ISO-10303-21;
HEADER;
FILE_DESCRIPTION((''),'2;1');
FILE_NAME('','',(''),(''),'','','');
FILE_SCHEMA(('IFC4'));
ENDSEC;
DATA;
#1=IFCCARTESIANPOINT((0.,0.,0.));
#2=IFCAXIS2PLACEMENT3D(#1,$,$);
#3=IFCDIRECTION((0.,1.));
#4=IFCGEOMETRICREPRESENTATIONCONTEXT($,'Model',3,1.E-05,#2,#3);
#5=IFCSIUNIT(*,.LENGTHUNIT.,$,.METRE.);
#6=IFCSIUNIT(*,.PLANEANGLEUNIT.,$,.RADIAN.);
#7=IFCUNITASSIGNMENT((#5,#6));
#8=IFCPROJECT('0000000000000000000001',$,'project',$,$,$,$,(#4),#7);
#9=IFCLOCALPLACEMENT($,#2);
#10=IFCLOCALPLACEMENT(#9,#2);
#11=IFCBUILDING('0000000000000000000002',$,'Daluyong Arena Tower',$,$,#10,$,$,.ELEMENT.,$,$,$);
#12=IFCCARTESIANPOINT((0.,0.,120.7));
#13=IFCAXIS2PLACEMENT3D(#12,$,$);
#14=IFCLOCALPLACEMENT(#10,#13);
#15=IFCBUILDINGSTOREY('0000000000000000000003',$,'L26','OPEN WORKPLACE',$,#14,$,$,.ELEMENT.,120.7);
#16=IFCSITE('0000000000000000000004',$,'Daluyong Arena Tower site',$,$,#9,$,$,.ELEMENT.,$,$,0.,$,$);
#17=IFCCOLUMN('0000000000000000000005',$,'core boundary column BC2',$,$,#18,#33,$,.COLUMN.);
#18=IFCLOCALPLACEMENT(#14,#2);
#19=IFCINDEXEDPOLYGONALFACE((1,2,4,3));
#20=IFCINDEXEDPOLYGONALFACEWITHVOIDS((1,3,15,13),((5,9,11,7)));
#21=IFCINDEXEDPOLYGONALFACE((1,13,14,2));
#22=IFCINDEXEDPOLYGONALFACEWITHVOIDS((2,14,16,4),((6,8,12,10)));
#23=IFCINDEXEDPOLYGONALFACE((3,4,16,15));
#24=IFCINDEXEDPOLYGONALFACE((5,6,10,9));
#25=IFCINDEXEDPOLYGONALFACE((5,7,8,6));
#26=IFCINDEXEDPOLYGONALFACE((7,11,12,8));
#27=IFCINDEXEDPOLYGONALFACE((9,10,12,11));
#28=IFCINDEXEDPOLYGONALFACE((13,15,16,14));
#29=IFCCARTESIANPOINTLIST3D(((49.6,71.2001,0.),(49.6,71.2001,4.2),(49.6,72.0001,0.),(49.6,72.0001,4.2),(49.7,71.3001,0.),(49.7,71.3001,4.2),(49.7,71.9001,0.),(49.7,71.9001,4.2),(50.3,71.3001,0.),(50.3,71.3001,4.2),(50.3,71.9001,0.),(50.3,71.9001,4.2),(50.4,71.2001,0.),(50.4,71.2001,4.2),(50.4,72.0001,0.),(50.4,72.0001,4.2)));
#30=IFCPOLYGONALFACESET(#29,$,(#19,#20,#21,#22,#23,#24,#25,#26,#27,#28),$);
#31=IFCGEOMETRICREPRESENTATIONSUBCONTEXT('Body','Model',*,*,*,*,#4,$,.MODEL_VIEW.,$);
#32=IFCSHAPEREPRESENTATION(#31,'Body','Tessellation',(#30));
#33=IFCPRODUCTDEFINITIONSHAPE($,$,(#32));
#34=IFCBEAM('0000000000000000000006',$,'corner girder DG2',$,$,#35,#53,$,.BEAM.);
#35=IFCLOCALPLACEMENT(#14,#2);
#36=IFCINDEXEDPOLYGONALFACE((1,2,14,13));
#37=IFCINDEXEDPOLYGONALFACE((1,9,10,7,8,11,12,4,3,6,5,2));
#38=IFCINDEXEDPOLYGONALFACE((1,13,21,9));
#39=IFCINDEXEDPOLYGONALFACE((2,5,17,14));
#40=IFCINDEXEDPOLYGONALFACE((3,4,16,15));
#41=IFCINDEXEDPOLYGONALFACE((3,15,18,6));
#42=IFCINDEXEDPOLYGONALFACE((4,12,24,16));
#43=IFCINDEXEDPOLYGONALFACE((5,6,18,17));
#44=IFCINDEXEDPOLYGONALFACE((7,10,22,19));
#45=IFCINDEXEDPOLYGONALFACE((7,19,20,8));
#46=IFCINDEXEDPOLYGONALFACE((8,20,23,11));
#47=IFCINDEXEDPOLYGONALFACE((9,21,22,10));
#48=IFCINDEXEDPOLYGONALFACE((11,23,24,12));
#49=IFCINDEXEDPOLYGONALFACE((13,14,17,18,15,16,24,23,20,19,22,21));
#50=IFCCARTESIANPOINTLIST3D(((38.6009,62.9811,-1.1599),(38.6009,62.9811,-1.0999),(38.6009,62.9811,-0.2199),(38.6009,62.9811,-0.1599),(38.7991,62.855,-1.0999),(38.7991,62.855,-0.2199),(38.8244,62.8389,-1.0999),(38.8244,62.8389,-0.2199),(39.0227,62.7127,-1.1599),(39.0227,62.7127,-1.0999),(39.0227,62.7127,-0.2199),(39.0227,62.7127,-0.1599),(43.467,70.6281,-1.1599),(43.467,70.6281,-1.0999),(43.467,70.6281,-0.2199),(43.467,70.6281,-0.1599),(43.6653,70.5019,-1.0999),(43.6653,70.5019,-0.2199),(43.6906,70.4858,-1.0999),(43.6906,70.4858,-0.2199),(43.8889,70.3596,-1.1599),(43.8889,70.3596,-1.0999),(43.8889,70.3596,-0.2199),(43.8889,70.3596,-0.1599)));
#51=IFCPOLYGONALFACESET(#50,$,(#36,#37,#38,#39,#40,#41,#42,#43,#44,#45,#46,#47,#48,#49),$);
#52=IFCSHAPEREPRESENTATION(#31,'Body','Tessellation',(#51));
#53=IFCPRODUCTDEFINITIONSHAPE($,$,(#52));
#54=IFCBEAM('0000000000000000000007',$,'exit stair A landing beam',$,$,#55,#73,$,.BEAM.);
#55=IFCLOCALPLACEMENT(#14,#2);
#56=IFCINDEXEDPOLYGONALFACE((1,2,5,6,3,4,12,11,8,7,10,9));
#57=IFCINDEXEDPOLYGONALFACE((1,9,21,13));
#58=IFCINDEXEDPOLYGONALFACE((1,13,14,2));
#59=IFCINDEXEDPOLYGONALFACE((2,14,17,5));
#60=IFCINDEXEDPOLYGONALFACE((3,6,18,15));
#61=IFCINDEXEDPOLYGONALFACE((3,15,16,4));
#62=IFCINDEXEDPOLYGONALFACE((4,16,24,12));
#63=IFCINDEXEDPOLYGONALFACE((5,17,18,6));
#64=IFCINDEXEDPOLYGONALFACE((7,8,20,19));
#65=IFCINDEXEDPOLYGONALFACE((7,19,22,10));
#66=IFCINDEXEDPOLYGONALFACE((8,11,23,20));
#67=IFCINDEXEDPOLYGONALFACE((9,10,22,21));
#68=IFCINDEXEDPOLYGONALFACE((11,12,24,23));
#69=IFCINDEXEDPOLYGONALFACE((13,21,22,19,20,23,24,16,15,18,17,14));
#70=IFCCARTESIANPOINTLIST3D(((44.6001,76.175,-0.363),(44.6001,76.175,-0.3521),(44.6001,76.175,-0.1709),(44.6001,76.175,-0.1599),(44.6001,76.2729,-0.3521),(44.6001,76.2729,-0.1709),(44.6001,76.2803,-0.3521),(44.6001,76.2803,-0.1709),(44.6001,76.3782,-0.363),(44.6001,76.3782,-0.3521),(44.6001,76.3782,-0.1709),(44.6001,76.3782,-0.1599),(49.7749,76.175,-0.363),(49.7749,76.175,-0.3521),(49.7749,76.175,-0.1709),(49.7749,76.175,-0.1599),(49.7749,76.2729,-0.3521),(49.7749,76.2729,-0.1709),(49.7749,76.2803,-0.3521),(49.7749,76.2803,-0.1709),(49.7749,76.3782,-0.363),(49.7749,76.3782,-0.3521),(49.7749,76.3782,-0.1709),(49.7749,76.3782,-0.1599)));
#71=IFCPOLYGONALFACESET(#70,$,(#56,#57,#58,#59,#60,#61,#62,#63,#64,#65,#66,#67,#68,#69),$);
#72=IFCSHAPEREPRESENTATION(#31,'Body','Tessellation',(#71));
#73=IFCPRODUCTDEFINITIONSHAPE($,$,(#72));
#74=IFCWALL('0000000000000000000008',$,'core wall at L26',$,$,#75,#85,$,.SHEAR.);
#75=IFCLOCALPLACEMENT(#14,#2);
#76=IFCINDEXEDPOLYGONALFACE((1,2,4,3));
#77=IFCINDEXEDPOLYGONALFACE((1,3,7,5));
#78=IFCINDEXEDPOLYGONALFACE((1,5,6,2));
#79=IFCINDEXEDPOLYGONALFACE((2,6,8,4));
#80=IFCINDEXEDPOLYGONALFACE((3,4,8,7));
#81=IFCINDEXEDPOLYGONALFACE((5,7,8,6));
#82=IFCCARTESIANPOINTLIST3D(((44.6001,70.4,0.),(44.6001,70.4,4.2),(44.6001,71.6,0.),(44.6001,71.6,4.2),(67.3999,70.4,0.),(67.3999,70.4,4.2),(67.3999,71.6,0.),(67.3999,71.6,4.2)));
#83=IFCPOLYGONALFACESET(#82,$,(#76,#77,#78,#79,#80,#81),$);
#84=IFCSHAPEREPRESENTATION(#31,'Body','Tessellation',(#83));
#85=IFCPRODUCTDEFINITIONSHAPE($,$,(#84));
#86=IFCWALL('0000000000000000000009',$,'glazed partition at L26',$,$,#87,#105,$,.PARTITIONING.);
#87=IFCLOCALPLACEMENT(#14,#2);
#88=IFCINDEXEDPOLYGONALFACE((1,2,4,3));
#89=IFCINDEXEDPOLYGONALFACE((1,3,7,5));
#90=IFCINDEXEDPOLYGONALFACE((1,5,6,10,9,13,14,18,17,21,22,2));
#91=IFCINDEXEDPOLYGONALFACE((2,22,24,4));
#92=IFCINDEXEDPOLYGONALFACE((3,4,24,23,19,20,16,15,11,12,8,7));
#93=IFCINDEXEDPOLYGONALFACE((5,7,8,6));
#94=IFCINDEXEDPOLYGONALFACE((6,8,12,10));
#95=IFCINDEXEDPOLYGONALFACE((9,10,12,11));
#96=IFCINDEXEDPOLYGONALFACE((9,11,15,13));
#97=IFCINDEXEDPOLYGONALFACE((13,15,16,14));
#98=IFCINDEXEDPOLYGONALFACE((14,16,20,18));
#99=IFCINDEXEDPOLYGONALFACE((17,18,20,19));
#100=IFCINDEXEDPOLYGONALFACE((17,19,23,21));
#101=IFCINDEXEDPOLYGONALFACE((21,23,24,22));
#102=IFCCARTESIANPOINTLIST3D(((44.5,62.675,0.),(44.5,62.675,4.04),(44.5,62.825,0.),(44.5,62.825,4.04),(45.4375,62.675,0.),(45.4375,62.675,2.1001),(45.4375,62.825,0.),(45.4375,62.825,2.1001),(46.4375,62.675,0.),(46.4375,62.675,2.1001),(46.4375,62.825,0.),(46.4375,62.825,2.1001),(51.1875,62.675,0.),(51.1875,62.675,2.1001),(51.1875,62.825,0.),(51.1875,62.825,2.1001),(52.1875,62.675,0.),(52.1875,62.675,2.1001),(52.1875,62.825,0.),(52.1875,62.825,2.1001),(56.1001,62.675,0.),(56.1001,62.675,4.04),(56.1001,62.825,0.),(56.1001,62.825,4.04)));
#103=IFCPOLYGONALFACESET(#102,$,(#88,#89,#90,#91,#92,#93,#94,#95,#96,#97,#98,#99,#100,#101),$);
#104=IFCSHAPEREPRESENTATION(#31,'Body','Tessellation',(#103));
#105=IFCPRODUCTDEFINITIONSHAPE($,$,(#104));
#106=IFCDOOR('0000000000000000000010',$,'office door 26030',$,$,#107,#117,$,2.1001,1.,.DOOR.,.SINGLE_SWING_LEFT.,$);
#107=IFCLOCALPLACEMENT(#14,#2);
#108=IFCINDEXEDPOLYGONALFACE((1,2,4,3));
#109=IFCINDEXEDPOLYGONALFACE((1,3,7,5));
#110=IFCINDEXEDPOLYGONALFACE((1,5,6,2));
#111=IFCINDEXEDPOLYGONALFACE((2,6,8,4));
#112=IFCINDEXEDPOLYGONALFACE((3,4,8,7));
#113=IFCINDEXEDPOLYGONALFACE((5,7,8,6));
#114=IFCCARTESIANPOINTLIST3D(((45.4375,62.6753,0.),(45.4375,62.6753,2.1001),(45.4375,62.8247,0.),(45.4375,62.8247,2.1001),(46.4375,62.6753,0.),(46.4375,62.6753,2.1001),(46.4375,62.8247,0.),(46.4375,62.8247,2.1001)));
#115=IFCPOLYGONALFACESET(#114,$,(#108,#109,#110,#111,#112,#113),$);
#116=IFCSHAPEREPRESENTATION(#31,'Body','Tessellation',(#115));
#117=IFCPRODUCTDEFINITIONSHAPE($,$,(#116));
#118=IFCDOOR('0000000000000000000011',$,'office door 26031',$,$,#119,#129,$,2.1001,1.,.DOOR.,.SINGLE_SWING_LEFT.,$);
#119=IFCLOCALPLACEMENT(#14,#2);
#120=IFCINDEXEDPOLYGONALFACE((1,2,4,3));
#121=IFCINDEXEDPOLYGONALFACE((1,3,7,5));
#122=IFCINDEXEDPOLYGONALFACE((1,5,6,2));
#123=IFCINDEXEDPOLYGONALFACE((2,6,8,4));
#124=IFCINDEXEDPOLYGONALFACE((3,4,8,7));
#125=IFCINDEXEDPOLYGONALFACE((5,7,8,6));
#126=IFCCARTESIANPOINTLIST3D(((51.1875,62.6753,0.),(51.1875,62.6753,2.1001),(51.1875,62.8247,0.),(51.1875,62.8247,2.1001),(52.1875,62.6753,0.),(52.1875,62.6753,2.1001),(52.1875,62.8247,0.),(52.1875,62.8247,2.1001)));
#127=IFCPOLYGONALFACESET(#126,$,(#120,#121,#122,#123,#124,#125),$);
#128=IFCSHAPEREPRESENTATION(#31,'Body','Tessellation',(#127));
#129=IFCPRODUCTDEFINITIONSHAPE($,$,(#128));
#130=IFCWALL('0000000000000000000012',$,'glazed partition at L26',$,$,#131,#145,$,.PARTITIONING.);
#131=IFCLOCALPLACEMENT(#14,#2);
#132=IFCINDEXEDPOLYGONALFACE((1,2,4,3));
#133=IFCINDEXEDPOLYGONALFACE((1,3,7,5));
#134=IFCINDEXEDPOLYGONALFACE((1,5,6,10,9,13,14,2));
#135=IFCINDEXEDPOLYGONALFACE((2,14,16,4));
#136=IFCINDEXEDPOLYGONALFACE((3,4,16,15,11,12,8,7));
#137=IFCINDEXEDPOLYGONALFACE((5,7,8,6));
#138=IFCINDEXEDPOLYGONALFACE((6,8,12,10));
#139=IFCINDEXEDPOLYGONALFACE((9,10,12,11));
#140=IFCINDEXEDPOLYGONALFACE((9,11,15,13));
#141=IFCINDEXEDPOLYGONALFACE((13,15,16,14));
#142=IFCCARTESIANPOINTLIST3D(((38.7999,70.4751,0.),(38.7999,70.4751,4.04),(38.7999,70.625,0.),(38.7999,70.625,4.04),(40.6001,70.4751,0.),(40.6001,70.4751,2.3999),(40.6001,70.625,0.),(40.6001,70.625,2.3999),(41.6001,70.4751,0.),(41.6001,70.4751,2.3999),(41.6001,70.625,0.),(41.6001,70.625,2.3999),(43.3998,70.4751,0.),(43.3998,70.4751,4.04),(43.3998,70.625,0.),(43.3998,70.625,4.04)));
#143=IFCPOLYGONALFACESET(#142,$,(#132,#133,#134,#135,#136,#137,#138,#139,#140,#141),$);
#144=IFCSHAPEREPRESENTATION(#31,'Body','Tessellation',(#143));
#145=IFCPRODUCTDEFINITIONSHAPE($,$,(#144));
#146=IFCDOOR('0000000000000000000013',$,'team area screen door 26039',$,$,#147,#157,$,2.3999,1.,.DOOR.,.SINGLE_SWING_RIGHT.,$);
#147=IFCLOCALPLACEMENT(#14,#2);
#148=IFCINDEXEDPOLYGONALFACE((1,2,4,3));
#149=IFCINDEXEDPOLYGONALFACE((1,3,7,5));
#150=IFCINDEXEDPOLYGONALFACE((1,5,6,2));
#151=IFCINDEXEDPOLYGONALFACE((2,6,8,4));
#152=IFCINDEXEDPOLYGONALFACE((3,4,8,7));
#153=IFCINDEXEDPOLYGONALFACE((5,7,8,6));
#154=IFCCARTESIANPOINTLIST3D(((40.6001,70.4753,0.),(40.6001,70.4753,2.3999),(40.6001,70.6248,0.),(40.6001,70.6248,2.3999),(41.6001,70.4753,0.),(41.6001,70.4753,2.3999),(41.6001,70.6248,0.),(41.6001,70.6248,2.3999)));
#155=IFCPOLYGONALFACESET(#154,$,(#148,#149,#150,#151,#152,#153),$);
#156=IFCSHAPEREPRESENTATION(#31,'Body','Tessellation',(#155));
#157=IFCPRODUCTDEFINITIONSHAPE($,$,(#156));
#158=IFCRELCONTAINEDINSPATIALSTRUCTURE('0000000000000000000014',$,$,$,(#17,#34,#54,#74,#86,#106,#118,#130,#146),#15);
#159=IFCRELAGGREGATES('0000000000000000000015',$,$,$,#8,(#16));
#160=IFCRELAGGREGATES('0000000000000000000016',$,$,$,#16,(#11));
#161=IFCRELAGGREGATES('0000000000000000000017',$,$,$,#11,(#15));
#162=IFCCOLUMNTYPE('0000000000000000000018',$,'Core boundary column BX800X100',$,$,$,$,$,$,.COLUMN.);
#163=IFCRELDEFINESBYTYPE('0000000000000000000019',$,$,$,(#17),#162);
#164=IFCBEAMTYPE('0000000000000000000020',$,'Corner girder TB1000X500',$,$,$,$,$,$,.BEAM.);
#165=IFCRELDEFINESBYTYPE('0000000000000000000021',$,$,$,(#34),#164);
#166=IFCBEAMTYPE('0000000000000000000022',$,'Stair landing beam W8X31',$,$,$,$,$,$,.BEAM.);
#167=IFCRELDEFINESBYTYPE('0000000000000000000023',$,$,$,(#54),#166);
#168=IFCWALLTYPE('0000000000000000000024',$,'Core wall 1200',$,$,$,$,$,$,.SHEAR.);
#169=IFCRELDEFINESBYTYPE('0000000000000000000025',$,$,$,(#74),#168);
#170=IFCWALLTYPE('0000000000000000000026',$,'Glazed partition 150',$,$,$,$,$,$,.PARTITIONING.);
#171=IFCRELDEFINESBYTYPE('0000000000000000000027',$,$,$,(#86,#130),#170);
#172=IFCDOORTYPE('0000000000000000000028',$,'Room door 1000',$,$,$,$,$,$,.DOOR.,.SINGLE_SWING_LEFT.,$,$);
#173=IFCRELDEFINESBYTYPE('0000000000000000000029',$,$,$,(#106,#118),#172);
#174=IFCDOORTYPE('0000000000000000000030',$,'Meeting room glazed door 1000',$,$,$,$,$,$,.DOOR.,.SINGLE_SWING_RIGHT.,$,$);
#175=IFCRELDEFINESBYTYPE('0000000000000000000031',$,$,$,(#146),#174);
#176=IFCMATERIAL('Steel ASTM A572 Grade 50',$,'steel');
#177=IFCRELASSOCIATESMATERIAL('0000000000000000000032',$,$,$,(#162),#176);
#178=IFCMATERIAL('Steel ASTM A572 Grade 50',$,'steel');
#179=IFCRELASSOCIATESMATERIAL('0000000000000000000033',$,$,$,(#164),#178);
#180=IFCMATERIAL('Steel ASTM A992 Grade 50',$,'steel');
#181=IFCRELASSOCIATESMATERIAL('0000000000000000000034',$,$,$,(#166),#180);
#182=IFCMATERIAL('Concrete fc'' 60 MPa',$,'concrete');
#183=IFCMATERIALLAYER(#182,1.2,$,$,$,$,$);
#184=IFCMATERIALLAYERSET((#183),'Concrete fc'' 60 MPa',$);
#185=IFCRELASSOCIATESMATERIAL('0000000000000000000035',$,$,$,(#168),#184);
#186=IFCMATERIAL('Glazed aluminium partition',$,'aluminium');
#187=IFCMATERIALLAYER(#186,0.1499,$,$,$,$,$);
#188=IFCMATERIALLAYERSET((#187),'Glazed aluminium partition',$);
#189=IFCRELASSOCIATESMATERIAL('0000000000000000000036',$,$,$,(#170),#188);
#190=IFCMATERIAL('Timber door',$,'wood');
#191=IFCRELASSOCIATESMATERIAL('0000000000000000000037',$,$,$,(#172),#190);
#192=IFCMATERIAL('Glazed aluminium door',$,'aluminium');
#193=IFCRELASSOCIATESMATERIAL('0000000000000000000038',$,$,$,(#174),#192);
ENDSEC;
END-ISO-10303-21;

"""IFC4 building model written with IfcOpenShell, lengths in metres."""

from ifc_helpers import new_model, si_unit, direction, frame, frame_2d, origin, origin_2d, place, context, subcontext, project, spatial, rectangle, hollow_rectangle, i_section, extrude, material, layer, layer_set, material_profile, profile_set, type_object, element, fill, save


model = new_model("IFC4")

# Units and contexts
model_context = context("Model", 3, precision=1e-05, world=origin(), true_north=direction((0.0, 1.0)))
body_context = subcontext(model_context, "Body", "Model", "MODEL_VIEW")
ifc_project = project(units=[si_unit("LENGTHUNIT", "METRE"), si_unit("PLANEANGLEUNIT", "RADIAN")], contexts=[model_context])

# Site, building, storey
site_placement = place(None, origin())
site = spatial("IfcSite", under=ifc_project, at=site_placement, Name="Daluyong Arena Tower site", CompositionType="ELEMENT", RefElevation=0.0)
building_placement = place(site_placement, origin())
building = spatial("IfcBuilding", under=site, at=building_placement, Name="Daluyong Arena Tower", CompositionType="ELEMENT")
storey_placement = place(building_placement, frame((0.0, 0.0, 120.7)))
storey = spatial("IfcBuildingStorey", under=building, at=storey_placement, Name="L26", Description="OPEN WORKPLACE", CompositionType="ELEMENT", Elevation=120.7)

# Column
ifc_material_1 = material(Name="Steel ASTM A572 Grade 50", Category="steel")
ifc_material_profile_1 = material_profile(ifc_material_1, hollow_rectangle(XDim=0.8, YDim=0.8, WallThickness=0.1, at=origin_2d()))
ifc_profile_set_1 = profile_set([ifc_material_profile_1], Name="Steel ASTM A572 Grade 50")
column_type = type_object("IfcColumnType", Name="Core boundary column BX800X100", PredefinedType="COLUMN", material=ifc_profile_set_1)
column_placement = place(storey_placement, frame((50.0, 71.6001, 0.0), z_axis=(0.0, 0.0, 1.0), x_axis=(1.0, 0.0, 0.0)))
element("IfcColumn", 1, at=column_placement, inside=storey, type_object=column_type, Name="core boundary column BC2", PredefinedType="COLUMN", context=body_context, shape_type="SweptSolid", body=[
    extrude(hollow_rectangle(XDim=0.8, YDim=0.8, WallThickness=0.1, at=origin_2d()), origin(), (0.0, 0.0, 1.0), 4.2),
])

# Beams
ifc_material_2 = material(Name="Steel ASTM A572 Grade 50", Category="steel")
ifc_material_profile_2 = material_profile(ifc_material_2, i_section(OverallWidth=0.5, OverallDepth=1.0, WebThickness=0.03, FlangeThickness=0.06, at=origin_2d()))
ifc_profile_set_2 = profile_set([ifc_material_profile_2], Name="Steel ASTM A572 Grade 50")
beam_type_1 = type_object("IfcBeamType", Name="Corner girder TB1000X500", PredefinedType="BEAM", material=ifc_profile_set_2)
beam_1_placement = place(storey_placement, frame((38.8118, 62.8469, -0.6599), z_axis=(0.536872, 0.843664, 0.0), x_axis=(-0.843664, 0.536872, 0.0)))
element("IfcBeam", 2, at=beam_1_placement, inside=storey, type_object=beam_type_1, Name="corner girder DG2", PredefinedType="BEAM", context=body_context, shape_type="SweptSolid", body=[
    extrude(i_section(OverallWidth=0.5, OverallDepth=1.0, WebThickness=0.03, FlangeThickness=0.06, at=origin_2d()), origin(), (0.0, 0.0, 1.0), 9.064),
])
ifc_material_3 = material(Name="Steel ASTM A992 Grade 50", Category="steel")
ifc_material_profile_3 = material_profile(ifc_material_3, i_section(OverallWidth=0.2031, OverallDepth=0.2031, WebThickness=0.0073, FlangeThickness=0.011, at=origin_2d()))
ifc_profile_set_3 = profile_set([ifc_material_profile_3], Name="Steel ASTM A992 Grade 50")
beam_type_2 = type_object("IfcBeamType", Name="Stair landing beam W8X31", PredefinedType="BEAM", material=ifc_profile_set_3)
beam_2_placement = place(storey_placement, frame((44.6001, 76.2766, -0.2615), z_axis=(1.0, 0.0, 0.0), x_axis=(0.0, 1.0, 0.0)))
element("IfcBeam", 3, at=beam_2_placement, inside=storey, type_object=beam_type_2, Name="exit stair A landing beam", PredefinedType="BEAM", context=body_context, shape_type="SweptSolid", body=[
    extrude(i_section(OverallWidth=0.2031, OverallDepth=0.2031, WebThickness=0.0073, FlangeThickness=0.011, at=origin_2d()), origin(), (0.0, 0.0, 1.0), 5.1748),
])

# Shared definitions
ifc_material_4 = material(Name="Concrete fc' 60 MPa", Category="concrete")
ifc_layer_1 = layer(ifc_material_4, 1.2)
ifc_layer_set_1 = layer_set([ifc_layer_1], Name="Concrete fc' 60 MPa")
wall_type_1 = type_object("IfcWallType", Name="Core wall 1200", PredefinedType="SHEAR", material=ifc_layer_set_1)

# Wall
wall_1_placement = place(storey_placement, frame((44.6001, 71.0, 0.0), z_axis=(0.0, 0.0, 1.0), x_axis=(1.0, 0.0, 0.0)))
element("IfcWall", 4, at=wall_1_placement, inside=storey, type_object=wall_type_1, Name="core wall at L26", PredefinedType="SHEAR", context=body_context, shape_type="SweptSolid", body=[
    extrude(rectangle(XDim=22.7998, YDim=1.2, at=frame_2d((11.3999, 0.0))), origin(), (0.0, 0.0, 1.0), 4.2),
])

# Wall, openings, doors
ifc_material_5 = material(Name="Glazed aluminium partition", Category="aluminium")
ifc_layer_2 = layer(ifc_material_5, 0.1499)
ifc_layer_set_2 = layer_set([ifc_layer_2], Name="Glazed aluminium partition")
wall_type_2 = type_object("IfcWallType", Name="Glazed partition 150", PredefinedType="PARTITIONING", material=ifc_layer_set_2)
wall_2_placement = place(storey_placement, frame((44.5, 62.75, 0.0), z_axis=(0.0, 0.0, 1.0), x_axis=(1.0, 0.0, 0.0)))
wall_2 = element("IfcWall", 5, at=wall_2_placement, inside=storey, type_object=wall_type_2, Name="glazed partition at L26", PredefinedType="PARTITIONING", context=body_context, shape_type="SweptSolid", body=[
    extrude(rectangle(XDim=11.6001, YDim=0.1499, at=frame_2d((5.8, 0.0))), origin(), (0.0, 0.0, 1.0), 4.04),
])
opening_1_placement = place(wall_2_placement, frame((0.9375, 0.0, 0.0)))
opening_1 = element("IfcOpeningElement", 6, at=opening_1_placement, cuts=wall_2, PredefinedType="OPENING", context=body_context, shape_type="SweptSolid", body=[
    extrude(rectangle(XDim=1.0, YDim=2.1001, at=frame_2d((0.5, 1.05))), frame((0.0, 0.085, 0.0), z_axis=(0.0, -1.0, 0.0), x_axis=(1.0, 0.0, 0.0)), (0.0, 0.0, 1.0), 0.1699),
])
opening_2_placement = place(wall_2_placement, frame((6.6875, 0.0, 0.0)))
opening_2 = element("IfcOpeningElement", 7, at=opening_2_placement, cuts=wall_2, PredefinedType="OPENING", context=body_context, shape_type="SweptSolid", body=[
    extrude(rectangle(XDim=1.0, YDim=2.1001, at=frame_2d((0.5, 1.05))), frame((0.0, 0.085, 0.0), z_axis=(0.0, -1.0, 0.0), x_axis=(1.0, 0.0, 0.0)), (0.0, 0.0, 1.0), 0.1699),
])
ifc_material_6 = material(Name="Timber door", Category="wood")
door_type_1 = type_object("IfcDoorType", Name="Room door 1000", OperationType="SINGLE_SWING_LEFT", PredefinedType="DOOR", material=ifc_material_6)
door_1_placement = place(opening_1_placement, origin())
door_1 = element("IfcDoor", 8, at=door_1_placement, inside=storey, type_object=door_type_1, Name="office door 26030", OperationType="SINGLE_SWING_LEFT", OverallHeight=2.1001, OverallWidth=1.0, PredefinedType="DOOR", context=body_context, shape_type="SweptSolid", body=[
    extrude(rectangle(XDim=1.0, YDim=2.1001, at=frame_2d((0.5, 1.05))), frame((0.0, 0.0747, 0.0), z_axis=(0.0, -1.0, 0.0), x_axis=(1.0, 0.0, 0.0)), (0.0, 0.0, 1.0), 0.1494),
])
fill(opening_1, door_1)
door_2_placement = place(opening_2_placement, origin())
door_2 = element("IfcDoor", 9, at=door_2_placement, inside=storey, type_object=door_type_1, Name="office door 26031", OperationType="SINGLE_SWING_LEFT", OverallHeight=2.1001, OverallWidth=1.0, PredefinedType="DOOR", context=body_context, shape_type="SweptSolid", body=[
    extrude(rectangle(XDim=1.0, YDim=2.1001, at=frame_2d((0.5, 1.05))), frame((0.0, 0.0747, 0.0), z_axis=(0.0, -1.0, 0.0), x_axis=(1.0, 0.0, 0.0)), (0.0, 0.0, 1.0), 0.1494),
])
fill(opening_2, door_2)

# Wall, opening, door
wall_3_placement = place(storey_placement, frame((38.8, 70.55, 0.0), z_axis=(0.0, 0.0, 1.0), x_axis=(1.0, 0.0, 0.0)))
wall_3 = element("IfcWall", 10, at=wall_3_placement, inside=storey, type_object=wall_type_2, Name="glazed partition at L26", PredefinedType="PARTITIONING", context=body_context, shape_type="SweptSolid", body=[
    extrude(rectangle(XDim=4.5999, YDim=0.1499, at=frame_2d((2.2998, 0.0))), origin(), (0.0, 0.0, 1.0), 4.04),
])
opening_3_placement = place(wall_3_placement, frame((1.8, 0.0, 0.0)))
opening_3 = element("IfcOpeningElement", 11, at=opening_3_placement, cuts=wall_3, PredefinedType="OPENING", context=body_context, shape_type="SweptSolid", body=[
    extrude(rectangle(XDim=1.0, YDim=2.3999, at=frame_2d((0.5, 1.2))), frame((0.0, 0.085, 0.0), z_axis=(0.0, -1.0, 0.0), x_axis=(1.0, 0.0, 0.0)), (0.0, 0.0, 1.0), 0.1699),
])
ifc_material_7 = material(Name="Glazed aluminium door", Category="aluminium")
door_type_2 = type_object("IfcDoorType", Name="Meeting room glazed door 1000", OperationType="SINGLE_SWING_RIGHT", PredefinedType="DOOR", material=ifc_material_7)
door_3_placement = place(opening_3_placement, origin())
door_3 = element("IfcDoor", 12, at=door_3_placement, inside=storey, type_object=door_type_2, Name="team area screen door 26039", OperationType="SINGLE_SWING_RIGHT", OverallHeight=2.3999, OverallWidth=1.0, PredefinedType="DOOR", context=body_context, shape_type="SweptSolid", body=[
    extrude(rectangle(XDim=1.0, YDim=2.3999, at=frame_2d((0.5, 1.2))), frame((0.0, 0.0747, 0.0), z_axis=(0.0, -1.0, 0.0), x_axis=(1.0, 0.0, 0.0)), (0.0, 0.0, 1.0), 0.1494),
])
fill(opening_3, door_3)

save(model, "model.ifc")
